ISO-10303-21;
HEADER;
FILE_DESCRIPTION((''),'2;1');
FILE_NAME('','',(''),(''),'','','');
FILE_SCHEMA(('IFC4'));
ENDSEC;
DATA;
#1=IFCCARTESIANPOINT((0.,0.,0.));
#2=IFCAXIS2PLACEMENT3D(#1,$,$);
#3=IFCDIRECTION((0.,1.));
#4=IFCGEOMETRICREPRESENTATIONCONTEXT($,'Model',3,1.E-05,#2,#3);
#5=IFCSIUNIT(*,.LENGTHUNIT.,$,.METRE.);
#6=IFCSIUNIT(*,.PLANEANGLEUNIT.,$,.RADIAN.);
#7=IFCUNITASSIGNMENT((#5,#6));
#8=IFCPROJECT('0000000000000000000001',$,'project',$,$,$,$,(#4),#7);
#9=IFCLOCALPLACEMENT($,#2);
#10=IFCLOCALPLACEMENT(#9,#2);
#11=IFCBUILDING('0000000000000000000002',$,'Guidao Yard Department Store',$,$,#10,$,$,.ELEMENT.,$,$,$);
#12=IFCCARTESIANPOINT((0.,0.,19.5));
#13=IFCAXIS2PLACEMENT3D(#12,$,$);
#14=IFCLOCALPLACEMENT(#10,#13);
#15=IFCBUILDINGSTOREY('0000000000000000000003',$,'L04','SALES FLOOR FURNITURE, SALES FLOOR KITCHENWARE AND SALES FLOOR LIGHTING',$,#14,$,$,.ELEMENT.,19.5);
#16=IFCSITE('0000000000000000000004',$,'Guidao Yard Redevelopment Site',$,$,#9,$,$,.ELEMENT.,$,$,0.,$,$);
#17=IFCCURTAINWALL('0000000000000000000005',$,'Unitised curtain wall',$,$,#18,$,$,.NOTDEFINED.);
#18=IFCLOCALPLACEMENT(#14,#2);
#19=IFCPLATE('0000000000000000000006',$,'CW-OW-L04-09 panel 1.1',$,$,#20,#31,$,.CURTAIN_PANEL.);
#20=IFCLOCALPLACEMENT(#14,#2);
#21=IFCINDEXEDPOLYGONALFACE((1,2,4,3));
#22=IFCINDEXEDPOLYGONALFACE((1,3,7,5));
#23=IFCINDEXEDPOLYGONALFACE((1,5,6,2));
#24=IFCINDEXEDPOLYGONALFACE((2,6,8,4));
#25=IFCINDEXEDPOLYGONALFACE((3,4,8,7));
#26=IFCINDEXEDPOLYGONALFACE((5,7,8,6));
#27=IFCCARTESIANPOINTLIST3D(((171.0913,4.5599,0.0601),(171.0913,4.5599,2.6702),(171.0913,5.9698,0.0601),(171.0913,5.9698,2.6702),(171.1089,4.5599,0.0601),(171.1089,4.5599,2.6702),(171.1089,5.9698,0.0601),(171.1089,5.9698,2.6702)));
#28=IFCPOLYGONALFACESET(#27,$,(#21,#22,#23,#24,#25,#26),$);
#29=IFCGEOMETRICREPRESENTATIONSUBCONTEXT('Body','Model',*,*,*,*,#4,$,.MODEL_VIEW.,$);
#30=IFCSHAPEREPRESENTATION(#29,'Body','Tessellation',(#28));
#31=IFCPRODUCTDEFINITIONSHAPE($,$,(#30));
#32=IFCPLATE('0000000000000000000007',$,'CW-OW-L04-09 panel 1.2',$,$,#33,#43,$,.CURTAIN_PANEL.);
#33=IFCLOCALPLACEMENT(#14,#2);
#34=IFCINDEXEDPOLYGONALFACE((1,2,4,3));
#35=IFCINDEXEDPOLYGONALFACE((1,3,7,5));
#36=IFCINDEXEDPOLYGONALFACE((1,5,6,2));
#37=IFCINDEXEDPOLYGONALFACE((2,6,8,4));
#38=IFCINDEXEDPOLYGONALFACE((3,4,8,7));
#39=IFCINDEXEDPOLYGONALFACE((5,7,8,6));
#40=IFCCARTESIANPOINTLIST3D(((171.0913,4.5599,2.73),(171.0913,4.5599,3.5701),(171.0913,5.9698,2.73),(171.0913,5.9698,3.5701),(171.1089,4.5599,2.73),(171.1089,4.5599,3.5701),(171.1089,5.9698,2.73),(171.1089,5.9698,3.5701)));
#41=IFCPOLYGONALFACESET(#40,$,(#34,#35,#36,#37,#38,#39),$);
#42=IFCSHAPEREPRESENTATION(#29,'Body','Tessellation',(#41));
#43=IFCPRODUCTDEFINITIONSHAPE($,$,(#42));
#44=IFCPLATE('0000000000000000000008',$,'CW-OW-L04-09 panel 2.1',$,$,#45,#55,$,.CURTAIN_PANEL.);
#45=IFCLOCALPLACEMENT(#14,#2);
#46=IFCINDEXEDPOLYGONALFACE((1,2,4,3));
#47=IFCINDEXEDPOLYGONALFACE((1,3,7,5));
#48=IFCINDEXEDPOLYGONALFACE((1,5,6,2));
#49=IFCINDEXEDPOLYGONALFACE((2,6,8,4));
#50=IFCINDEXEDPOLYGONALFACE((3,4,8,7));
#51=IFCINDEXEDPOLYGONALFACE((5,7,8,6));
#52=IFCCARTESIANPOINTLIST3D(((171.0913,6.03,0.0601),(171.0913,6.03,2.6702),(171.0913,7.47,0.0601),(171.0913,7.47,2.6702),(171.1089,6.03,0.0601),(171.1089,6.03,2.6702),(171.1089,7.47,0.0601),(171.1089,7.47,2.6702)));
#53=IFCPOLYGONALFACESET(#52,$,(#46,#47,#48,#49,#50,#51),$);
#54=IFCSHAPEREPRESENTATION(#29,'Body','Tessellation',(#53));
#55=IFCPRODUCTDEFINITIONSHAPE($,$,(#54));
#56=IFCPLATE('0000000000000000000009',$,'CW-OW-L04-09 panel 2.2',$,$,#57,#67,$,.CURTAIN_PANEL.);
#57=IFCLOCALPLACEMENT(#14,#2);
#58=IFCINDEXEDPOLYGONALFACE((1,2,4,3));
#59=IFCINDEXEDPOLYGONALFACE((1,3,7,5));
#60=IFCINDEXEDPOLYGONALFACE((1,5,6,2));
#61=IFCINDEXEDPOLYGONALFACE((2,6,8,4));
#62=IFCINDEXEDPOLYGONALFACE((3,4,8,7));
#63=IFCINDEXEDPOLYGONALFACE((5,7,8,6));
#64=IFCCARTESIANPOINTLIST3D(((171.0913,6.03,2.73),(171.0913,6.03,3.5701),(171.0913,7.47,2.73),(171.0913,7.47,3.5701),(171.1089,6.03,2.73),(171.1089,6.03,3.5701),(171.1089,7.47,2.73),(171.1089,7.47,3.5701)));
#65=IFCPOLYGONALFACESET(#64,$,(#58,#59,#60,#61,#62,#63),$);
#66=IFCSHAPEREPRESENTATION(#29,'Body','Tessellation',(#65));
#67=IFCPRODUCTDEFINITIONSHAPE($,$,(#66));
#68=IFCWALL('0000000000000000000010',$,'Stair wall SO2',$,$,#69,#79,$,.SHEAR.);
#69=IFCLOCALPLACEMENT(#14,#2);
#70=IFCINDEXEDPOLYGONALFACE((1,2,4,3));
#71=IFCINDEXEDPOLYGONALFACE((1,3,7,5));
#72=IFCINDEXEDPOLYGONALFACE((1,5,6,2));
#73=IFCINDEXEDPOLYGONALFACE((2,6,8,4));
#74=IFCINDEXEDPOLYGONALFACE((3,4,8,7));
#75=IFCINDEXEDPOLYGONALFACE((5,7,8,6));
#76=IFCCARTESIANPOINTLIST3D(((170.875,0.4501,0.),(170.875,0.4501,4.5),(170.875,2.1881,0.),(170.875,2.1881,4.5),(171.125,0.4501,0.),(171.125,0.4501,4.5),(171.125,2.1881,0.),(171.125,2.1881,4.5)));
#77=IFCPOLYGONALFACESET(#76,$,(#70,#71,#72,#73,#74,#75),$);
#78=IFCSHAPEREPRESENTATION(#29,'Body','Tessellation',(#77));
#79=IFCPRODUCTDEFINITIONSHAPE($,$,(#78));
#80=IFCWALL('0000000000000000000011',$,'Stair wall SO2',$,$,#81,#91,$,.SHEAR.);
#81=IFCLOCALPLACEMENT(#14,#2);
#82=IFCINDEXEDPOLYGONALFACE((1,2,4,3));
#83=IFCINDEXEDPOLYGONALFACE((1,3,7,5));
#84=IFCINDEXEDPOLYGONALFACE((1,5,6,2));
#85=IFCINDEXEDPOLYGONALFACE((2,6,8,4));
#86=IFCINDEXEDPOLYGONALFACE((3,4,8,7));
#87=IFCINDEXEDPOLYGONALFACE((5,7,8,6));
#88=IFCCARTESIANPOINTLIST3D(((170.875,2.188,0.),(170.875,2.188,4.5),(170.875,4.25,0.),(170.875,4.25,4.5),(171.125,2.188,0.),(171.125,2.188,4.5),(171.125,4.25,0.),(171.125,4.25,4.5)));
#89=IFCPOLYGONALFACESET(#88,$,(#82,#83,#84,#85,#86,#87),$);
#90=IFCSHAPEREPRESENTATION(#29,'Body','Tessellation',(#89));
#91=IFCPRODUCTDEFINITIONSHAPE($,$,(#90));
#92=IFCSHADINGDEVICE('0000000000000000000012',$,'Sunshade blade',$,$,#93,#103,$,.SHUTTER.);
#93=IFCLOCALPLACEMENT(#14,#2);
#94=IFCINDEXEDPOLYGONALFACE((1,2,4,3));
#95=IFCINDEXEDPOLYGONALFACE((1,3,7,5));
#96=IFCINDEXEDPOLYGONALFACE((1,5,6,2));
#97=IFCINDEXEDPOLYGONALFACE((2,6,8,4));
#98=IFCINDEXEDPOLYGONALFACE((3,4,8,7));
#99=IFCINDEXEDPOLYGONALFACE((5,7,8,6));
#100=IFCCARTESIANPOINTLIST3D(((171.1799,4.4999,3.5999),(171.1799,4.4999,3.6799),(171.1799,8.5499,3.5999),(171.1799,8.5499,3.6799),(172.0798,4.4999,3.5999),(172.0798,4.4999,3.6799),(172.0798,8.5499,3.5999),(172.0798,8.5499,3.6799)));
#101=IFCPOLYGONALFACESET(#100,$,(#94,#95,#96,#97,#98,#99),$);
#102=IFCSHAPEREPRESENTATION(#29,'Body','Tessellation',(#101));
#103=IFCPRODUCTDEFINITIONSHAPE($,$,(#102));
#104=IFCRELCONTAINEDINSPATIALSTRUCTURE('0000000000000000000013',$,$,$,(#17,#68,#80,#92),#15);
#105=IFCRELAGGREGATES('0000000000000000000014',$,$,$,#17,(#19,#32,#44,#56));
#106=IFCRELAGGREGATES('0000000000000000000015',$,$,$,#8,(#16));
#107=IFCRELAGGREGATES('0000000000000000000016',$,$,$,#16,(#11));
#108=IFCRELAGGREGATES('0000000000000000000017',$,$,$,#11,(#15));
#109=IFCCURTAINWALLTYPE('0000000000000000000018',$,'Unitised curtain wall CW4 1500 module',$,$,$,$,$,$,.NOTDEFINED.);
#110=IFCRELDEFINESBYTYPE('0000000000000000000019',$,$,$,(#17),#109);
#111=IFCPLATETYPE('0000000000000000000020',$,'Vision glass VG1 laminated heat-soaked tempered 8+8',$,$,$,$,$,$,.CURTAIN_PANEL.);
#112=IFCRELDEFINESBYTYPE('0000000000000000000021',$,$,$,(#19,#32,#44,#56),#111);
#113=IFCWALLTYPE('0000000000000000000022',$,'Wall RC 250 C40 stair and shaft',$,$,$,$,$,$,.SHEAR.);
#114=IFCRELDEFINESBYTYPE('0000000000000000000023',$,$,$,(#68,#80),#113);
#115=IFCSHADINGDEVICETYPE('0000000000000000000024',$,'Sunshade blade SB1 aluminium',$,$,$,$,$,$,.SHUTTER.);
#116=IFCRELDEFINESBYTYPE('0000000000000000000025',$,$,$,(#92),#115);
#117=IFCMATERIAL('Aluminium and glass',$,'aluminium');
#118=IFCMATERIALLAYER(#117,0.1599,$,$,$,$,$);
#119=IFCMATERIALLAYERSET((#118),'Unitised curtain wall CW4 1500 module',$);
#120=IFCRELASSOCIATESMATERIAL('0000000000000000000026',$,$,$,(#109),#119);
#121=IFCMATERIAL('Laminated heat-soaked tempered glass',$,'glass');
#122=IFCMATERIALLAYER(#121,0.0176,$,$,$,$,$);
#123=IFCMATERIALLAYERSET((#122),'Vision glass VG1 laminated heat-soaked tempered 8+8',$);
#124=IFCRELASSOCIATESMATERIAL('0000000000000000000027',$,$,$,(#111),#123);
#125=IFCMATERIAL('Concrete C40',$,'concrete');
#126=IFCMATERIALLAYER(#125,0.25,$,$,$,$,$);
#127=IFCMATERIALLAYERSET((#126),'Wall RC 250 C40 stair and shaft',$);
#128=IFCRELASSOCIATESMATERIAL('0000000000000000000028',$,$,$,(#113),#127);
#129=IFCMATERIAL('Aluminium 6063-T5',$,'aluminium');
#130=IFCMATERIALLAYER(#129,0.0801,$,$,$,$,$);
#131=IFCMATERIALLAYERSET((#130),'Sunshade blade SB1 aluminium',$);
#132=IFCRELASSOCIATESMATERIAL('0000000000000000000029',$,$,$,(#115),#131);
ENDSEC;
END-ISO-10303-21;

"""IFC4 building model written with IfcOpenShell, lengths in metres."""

from ifc_helpers import new_model, si_unit, direction, frame, frame_2d, origin, origin_2d, place, context, subcontext, project, spatial, rectangle, extrude, material, layer, layer_set, type_object, element, aggregate, save


model = new_model("IFC4")

# Units and contexts
model_context = context("Model", 3, precision=1e-05, world=origin(), true_north=direction((0.0, 1.0)))
body_context = subcontext(model_context, "Body", "Model", "MODEL_VIEW")
ifc_project = project(units=[si_unit("LENGTHUNIT", "METRE"), si_unit("PLANEANGLEUNIT", "RADIAN")], contexts=[model_context])

# Site, building, storey
site_placement = place(None, origin())
site = spatial("IfcSite", under=ifc_project, at=site_placement, Name="Guidao Yard Redevelopment Site", CompositionType="ELEMENT", RefElevation=0.0)
building_placement = place(site_placement, origin())
building = spatial("IfcBuilding", under=site, at=building_placement, Name="Guidao Yard Department Store", CompositionType="ELEMENT")
storey_placement = place(building_placement, frame((0.0, 0.0, 19.5)))
storey = spatial("IfcBuildingStorey", under=building, at=storey_placement, Name="L04", Description="SALES FLOOR FURNITURE, SALES FLOOR KITCHENWARE AND SALES FLOOR LIGHTING", CompositionType="ELEMENT", Elevation=19.5)

# Curtain wall, plates
ifc_material_1 = material(Name="Aluminium and glass", Category="aluminium")
ifc_layer_1 = layer(ifc_material_1, 0.1599)
ifc_layer_set_1 = layer_set([ifc_layer_1], Name="Unitised curtain wall CW4 1500 module")
curtain_wall_type = type_object("IfcCurtainWallType", Name="Unitised curtain wall CW4 1500 module", PredefinedType="NOTDEFINED", material=ifc_layer_set_1)
curtain_wall_placement = place(storey_placement, origin())
curtain_wall = element("IfcCurtainWall", 1, at=curtain_wall_placement, inside=storey, type_object=curtain_wall_type, Name="Unitised curtain wall", PredefinedType="NOTDEFINED")
ifc_material_2 = material(Name="Laminated heat-soaked tempered glass", Category="glass")
ifc_layer_2 = layer(ifc_material_2, 0.0176)
ifc_layer_set_2 = layer_set([ifc_layer_2], Name="Vision glass VG1 laminated heat-soaked tempered 8+8")
plate_type_1 = type_object("IfcPlateType", Name="Vision glass VG1 laminated heat-soaked tempered 8+8", PredefinedType="CURTAIN_PANEL", material=ifc_layer_set_2)
plate_1_placement = place(storey_placement, frame((171.1001, 5.2649, 0.0601), z_axis=(0.0, 0.0, 1.0), x_axis=(0.0, -1.0, 0.0)))
plate_1 = element("IfcPlate", 2, at=plate_1_placement, type_object=plate_type_1, Name="CW-OW-L04-09 panel 1.1", PredefinedType="CURTAIN_PANEL", context=body_context, shape_type="SweptSolid", body=[
    extrude(rectangle(XDim=1.4099, YDim=0.0176, at=origin_2d()), origin(), (0.0, 0.0, 1.0), 2.6101),
])
plate_2_placement = place(storey_placement, frame((171.1001, 5.2649, 2.73), z_axis=(0.0, 0.0, 1.0), x_axis=(0.0, -1.0, 0.0)))
plate_2 = element("IfcPlate", 3, at=plate_2_placement, type_object=plate_type_1, Name="CW-OW-L04-09 panel 1.2", PredefinedType="CURTAIN_PANEL", context=body_context, shape_type="SweptSolid", body=[
    extrude(rectangle(XDim=1.4099, YDim=0.0176, at=origin_2d()), origin(), (0.0, 0.0, 1.0), 0.8401),
])
plate_3_placement = place(storey_placement, frame((171.1001, 6.75, 0.0601), z_axis=(0.0, 0.0, 1.0), x_axis=(0.0, -1.0, 0.0)))
plate_3 = element("IfcPlate", 4, at=plate_3_placement, type_object=plate_type_1, Name="CW-OW-L04-09 panel 2.1", PredefinedType="CURTAIN_PANEL", context=body_context, shape_type="SweptSolid", body=[
    extrude(rectangle(XDim=1.4399, YDim=0.0176, at=origin_2d()), origin(), (0.0, 0.0, 1.0), 2.6101),
])
plate_4_placement = place(storey_placement, frame((171.1001, 6.75, 2.73), z_axis=(0.0, 0.0, 1.0), x_axis=(0.0, -1.0, 0.0)))
plate_4 = element("IfcPlate", 5, at=plate_4_placement, type_object=plate_type_1, Name="CW-OW-L04-09 panel 2.2", PredefinedType="CURTAIN_PANEL", context=body_context, shape_type="SweptSolid", body=[
    extrude(rectangle(XDim=1.4399, YDim=0.0176, at=origin_2d()), origin(), (0.0, 0.0, 1.0), 0.8401),
])
aggregate(curtain_wall, [plate_1, plate_2, plate_3, plate_4])

# Walls
ifc_material_3 = material(Name="Concrete C40", Category="concrete")
ifc_layer_3 = layer(ifc_material_3, 0.25)
ifc_layer_set_3 = layer_set([ifc_layer_3], Name="Wall RC 250 C40 stair and shaft")
wall_type = type_object("IfcWallType", Name="Wall RC 250 C40 stair and shaft", PredefinedType="SHEAR", material=ifc_layer_set_3)
wall_1_placement = place(storey_placement, frame((171.0, 0.45, 0.0), z_axis=(0.0, 0.0, 1.0), x_axis=(0.0, 1.0, 0.0)))
element("IfcWall", 6, at=wall_1_placement, inside=storey, type_object=wall_type, Name="Stair wall SO2", PredefinedType="SHEAR", context=body_context, shape_type="SweptSolid", body=[
    extrude(rectangle(XDim=1.738, YDim=0.25, at=frame_2d((0.8691, 0.0))), origin(), (0.0, 0.0, 1.0), 4.5),
])
wall_2_placement = place(storey_placement, frame((171.0, 2.188, 0.0), z_axis=(0.0, 0.0, 1.0), x_axis=(0.0, 1.0, 0.0)))
element("IfcWall", 7, at=wall_2_placement, inside=storey, type_object=wall_type, Name="Stair wall SO2", PredefinedType="SHEAR", context=body_context, shape_type="SweptSolid", body=[
    extrude(rectangle(XDim=2.062, YDim=0.25, at=frame_2d((1.031, 0.0))), origin(), (0.0, 0.0, 1.0), 4.5),
])

# Shading device
ifc_material_4 = material(Name="Aluminium 6063-T5", Category="aluminium")
ifc_layer_4 = layer(ifc_material_4, 0.0801)
ifc_layer_set_4 = layer_set([ifc_layer_4], Name="Sunshade blade SB1 aluminium")
shading_device_type = type_object("IfcShadingDeviceType", Name="Sunshade blade SB1 aluminium", PredefinedType="SHUTTER", material=ifc_layer_set_4)
shading_device_placement = place(storey_placement, frame((171.6299, 6.5249, 3.5999), z_axis=(0.0, 0.0, 1.0), x_axis=(0.0, -1.0, 0.0)))
element("IfcShadingDevice", 8, at=shading_device_placement, inside=storey, type_object=shading_device_type, Name="Sunshade blade", PredefinedType="SHUTTER", context=body_context, shape_type="SweptSolid", body=[
    extrude(rectangle(XDim=4.05, YDim=0.8999, at=origin_2d()), origin(), (0.0, 0.0, 1.0), 0.0801),
])

save(model, "model.ifc")
